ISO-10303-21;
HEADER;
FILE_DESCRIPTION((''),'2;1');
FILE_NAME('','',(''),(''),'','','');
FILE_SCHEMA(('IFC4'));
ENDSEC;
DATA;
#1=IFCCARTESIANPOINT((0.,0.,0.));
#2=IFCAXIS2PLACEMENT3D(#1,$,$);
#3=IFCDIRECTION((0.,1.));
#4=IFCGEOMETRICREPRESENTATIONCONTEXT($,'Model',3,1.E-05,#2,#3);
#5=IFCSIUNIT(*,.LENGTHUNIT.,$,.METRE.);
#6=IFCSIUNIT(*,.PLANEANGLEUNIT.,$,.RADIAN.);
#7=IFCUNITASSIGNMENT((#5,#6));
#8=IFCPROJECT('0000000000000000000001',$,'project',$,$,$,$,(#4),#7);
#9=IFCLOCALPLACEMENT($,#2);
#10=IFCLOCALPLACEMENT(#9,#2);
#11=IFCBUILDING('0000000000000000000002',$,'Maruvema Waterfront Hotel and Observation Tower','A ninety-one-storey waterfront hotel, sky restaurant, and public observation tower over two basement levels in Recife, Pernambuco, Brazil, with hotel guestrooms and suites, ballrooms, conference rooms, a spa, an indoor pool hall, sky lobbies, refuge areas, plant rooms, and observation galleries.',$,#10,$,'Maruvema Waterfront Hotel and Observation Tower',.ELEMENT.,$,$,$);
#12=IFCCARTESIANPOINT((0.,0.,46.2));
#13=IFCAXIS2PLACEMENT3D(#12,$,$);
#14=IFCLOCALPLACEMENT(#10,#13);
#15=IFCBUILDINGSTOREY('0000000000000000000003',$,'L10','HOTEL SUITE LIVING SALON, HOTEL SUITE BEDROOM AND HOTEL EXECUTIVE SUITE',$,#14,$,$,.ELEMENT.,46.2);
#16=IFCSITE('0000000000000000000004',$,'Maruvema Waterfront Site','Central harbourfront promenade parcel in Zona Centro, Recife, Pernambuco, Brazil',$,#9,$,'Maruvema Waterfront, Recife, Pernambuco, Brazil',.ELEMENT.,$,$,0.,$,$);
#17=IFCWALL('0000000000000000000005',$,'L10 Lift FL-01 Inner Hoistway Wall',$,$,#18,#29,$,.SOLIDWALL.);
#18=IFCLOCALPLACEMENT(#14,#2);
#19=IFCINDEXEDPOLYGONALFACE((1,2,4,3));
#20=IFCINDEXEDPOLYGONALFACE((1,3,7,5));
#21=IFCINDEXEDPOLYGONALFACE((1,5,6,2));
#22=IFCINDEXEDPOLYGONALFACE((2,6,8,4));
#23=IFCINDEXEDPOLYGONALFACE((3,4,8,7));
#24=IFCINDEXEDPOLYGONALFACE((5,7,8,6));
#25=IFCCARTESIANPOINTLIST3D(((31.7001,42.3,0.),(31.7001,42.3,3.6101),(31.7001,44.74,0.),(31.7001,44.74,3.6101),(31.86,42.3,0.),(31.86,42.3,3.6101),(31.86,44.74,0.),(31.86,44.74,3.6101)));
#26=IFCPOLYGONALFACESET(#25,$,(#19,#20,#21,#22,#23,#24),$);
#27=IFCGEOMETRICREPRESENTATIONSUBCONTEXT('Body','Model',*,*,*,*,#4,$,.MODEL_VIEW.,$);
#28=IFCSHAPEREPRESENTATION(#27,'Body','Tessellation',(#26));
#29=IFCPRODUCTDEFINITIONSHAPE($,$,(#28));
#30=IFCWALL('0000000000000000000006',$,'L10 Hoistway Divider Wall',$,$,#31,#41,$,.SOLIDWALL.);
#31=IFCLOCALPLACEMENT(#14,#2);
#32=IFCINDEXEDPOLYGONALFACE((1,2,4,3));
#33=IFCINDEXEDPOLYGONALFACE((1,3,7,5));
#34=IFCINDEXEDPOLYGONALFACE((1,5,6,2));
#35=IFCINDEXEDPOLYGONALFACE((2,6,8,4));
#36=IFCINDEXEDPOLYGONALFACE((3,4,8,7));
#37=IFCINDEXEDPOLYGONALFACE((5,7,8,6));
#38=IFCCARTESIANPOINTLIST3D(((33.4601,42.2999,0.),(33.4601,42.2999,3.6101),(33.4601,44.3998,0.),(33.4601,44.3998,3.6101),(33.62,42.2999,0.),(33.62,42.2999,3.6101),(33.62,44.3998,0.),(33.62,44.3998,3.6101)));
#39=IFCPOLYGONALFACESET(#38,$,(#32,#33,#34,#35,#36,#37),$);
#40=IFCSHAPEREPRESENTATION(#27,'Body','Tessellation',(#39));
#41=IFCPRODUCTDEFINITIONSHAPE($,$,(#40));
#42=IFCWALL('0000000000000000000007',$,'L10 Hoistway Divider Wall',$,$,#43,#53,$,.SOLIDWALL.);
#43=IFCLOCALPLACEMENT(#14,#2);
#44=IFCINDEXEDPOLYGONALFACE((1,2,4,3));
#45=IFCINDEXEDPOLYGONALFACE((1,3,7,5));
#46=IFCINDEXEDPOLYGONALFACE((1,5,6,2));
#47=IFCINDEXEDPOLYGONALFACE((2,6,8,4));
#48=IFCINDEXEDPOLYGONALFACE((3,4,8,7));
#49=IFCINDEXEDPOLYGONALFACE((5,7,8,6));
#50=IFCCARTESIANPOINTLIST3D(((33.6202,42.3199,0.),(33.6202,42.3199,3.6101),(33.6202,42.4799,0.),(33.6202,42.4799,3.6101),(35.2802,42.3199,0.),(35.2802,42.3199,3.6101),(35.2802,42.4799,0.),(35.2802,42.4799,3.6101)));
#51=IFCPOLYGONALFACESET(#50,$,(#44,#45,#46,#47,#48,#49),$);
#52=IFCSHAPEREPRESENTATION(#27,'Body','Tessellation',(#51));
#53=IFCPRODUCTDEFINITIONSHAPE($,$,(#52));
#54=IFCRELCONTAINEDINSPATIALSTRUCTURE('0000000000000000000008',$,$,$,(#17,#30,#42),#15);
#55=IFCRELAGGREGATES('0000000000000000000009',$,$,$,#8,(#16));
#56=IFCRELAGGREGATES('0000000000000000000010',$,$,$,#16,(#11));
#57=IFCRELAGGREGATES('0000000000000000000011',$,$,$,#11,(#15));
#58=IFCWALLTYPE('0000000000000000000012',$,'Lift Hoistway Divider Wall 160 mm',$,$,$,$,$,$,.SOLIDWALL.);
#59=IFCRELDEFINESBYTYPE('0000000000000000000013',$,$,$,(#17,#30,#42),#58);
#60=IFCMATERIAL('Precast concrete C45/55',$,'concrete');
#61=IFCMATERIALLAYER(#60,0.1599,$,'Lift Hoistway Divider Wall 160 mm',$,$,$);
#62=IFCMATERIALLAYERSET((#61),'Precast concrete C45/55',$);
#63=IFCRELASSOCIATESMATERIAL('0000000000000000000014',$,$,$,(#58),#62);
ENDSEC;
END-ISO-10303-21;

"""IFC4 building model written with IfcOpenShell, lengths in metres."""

from ifc_helpers import new_model, si_unit, direction, frame, frame_2d, origin, place, context, subcontext, project, spatial, rectangle, extrude, material, layer, layer_set, type_object, element, save


model = new_model("IFC4")

# Units and contexts
model_context = context("Model", 3, precision=1e-05, world=origin(), true_north=direction((0.0, 1.0)))
body_context = subcontext(model_context, "Body", "Model", "MODEL_VIEW")
ifc_project = project(units=[si_unit("LENGTHUNIT", "METRE"), si_unit("PLANEANGLEUNIT", "RADIAN")], contexts=[model_context])

# Site, building, storey
site_placement = place(None, origin())
site = spatial("IfcSite", under=ifc_project, at=site_placement, Name="Maruvema Waterfront Site", Description="Central harbourfront promenade parcel in Zona Centro, Recife, Pernambuco, Brazil", LongName="Maruvema Waterfront, Recife, Pernambuco, Brazil", CompositionType="ELEMENT", RefElevation=0.0)
building_placement = place(site_placement, origin())
building = spatial("IfcBuilding", under=site, at=building_placement, Name="Maruvema Waterfront Hotel and Observation Tower", Description="A ninety-one-storey waterfront hotel, sky restaurant, and public observation tower over two basement levels in Recife, Pernambuco, Brazil, with hotel guestrooms and suites, ballrooms, conference rooms, a spa, an indoor pool hall, sky lobbies, refuge areas, plant rooms, and observation galleries.", LongName="Maruvema Waterfront Hotel and Observation Tower", CompositionType="ELEMENT")
storey_placement = place(building_placement, frame((0.0, 0.0, 46.2)))
storey = spatial("IfcBuildingStorey", under=building, at=storey_placement, Name="L10", Description="HOTEL SUITE LIVING SALON, HOTEL SUITE BEDROOM AND HOTEL EXECUTIVE SUITE", CompositionType="ELEMENT", Elevation=46.2)

# Walls
ifc_material_1 = material(Name="Precast concrete C45/55", Category="concrete")
ifc_layer_1 = layer(ifc_material_1, 0.1599, Name="Lift Hoistway Divider Wall 160 mm")
ifc_layer_set_1 = layer_set([ifc_layer_1], Name="Precast concrete C45/55")
wall_type_1 = type_object("IfcWallType", Name="Lift Hoistway Divider Wall 160 mm", PredefinedType="SOLIDWALL", material=ifc_layer_set_1)
wall_1_placement = place(storey_placement, frame((31.78, 42.3, 0.0), z_axis=(0.0, 0.0, 1.0), x_axis=(0.0, 1.0, 0.0)))
element("IfcWall", 1, at=wall_1_placement, inside=storey, type_object=wall_type_1, Name="L10 Lift FL-01 Inner Hoistway Wall", PredefinedType="SOLIDWALL", context=body_context, shape_type="SweptSolid", body=[
    extrude(rectangle(XDim=2.4399, YDim=0.1599, at=frame_2d((1.22, 0.0))), origin(), (0.0, 0.0, 1.0), 3.6101),
])
wall_2_placement = place(storey_placement, frame((33.54, 42.3, 0.0), z_axis=(0.0, 0.0, 1.0), x_axis=(0.0, 1.0, 0.0)))
element("IfcWall", 2, at=wall_2_placement, inside=storey, type_object=wall_type_1, Name="L10 Hoistway Divider Wall", PredefinedType="SOLIDWALL", context=body_context, shape_type="SweptSolid", body=[
    extrude(rectangle(XDim=2.0999, YDim=0.1599, at=frame_2d((1.0498, 0.0))), origin(), (0.0, 0.0, 1.0), 3.6101),
])
wall_3_placement = place(storey_placement, frame((33.6201, 42.3999, 0.0), z_axis=(0.0, 0.0, 1.0), x_axis=(1.0, 0.0, 0.0)))
element("IfcWall", 3, at=wall_3_placement, inside=storey, type_object=wall_type_1, Name="L10 Hoistway Divider Wall", PredefinedType="SOLIDWALL", context=body_context, shape_type="SweptSolid", body=[
    extrude(rectangle(XDim=1.6599, YDim=0.1599, at=frame_2d((0.8301, 0.0))), origin(), (0.0, 0.0, 1.0), 3.6101),
])

save(model, "model.ifc")
